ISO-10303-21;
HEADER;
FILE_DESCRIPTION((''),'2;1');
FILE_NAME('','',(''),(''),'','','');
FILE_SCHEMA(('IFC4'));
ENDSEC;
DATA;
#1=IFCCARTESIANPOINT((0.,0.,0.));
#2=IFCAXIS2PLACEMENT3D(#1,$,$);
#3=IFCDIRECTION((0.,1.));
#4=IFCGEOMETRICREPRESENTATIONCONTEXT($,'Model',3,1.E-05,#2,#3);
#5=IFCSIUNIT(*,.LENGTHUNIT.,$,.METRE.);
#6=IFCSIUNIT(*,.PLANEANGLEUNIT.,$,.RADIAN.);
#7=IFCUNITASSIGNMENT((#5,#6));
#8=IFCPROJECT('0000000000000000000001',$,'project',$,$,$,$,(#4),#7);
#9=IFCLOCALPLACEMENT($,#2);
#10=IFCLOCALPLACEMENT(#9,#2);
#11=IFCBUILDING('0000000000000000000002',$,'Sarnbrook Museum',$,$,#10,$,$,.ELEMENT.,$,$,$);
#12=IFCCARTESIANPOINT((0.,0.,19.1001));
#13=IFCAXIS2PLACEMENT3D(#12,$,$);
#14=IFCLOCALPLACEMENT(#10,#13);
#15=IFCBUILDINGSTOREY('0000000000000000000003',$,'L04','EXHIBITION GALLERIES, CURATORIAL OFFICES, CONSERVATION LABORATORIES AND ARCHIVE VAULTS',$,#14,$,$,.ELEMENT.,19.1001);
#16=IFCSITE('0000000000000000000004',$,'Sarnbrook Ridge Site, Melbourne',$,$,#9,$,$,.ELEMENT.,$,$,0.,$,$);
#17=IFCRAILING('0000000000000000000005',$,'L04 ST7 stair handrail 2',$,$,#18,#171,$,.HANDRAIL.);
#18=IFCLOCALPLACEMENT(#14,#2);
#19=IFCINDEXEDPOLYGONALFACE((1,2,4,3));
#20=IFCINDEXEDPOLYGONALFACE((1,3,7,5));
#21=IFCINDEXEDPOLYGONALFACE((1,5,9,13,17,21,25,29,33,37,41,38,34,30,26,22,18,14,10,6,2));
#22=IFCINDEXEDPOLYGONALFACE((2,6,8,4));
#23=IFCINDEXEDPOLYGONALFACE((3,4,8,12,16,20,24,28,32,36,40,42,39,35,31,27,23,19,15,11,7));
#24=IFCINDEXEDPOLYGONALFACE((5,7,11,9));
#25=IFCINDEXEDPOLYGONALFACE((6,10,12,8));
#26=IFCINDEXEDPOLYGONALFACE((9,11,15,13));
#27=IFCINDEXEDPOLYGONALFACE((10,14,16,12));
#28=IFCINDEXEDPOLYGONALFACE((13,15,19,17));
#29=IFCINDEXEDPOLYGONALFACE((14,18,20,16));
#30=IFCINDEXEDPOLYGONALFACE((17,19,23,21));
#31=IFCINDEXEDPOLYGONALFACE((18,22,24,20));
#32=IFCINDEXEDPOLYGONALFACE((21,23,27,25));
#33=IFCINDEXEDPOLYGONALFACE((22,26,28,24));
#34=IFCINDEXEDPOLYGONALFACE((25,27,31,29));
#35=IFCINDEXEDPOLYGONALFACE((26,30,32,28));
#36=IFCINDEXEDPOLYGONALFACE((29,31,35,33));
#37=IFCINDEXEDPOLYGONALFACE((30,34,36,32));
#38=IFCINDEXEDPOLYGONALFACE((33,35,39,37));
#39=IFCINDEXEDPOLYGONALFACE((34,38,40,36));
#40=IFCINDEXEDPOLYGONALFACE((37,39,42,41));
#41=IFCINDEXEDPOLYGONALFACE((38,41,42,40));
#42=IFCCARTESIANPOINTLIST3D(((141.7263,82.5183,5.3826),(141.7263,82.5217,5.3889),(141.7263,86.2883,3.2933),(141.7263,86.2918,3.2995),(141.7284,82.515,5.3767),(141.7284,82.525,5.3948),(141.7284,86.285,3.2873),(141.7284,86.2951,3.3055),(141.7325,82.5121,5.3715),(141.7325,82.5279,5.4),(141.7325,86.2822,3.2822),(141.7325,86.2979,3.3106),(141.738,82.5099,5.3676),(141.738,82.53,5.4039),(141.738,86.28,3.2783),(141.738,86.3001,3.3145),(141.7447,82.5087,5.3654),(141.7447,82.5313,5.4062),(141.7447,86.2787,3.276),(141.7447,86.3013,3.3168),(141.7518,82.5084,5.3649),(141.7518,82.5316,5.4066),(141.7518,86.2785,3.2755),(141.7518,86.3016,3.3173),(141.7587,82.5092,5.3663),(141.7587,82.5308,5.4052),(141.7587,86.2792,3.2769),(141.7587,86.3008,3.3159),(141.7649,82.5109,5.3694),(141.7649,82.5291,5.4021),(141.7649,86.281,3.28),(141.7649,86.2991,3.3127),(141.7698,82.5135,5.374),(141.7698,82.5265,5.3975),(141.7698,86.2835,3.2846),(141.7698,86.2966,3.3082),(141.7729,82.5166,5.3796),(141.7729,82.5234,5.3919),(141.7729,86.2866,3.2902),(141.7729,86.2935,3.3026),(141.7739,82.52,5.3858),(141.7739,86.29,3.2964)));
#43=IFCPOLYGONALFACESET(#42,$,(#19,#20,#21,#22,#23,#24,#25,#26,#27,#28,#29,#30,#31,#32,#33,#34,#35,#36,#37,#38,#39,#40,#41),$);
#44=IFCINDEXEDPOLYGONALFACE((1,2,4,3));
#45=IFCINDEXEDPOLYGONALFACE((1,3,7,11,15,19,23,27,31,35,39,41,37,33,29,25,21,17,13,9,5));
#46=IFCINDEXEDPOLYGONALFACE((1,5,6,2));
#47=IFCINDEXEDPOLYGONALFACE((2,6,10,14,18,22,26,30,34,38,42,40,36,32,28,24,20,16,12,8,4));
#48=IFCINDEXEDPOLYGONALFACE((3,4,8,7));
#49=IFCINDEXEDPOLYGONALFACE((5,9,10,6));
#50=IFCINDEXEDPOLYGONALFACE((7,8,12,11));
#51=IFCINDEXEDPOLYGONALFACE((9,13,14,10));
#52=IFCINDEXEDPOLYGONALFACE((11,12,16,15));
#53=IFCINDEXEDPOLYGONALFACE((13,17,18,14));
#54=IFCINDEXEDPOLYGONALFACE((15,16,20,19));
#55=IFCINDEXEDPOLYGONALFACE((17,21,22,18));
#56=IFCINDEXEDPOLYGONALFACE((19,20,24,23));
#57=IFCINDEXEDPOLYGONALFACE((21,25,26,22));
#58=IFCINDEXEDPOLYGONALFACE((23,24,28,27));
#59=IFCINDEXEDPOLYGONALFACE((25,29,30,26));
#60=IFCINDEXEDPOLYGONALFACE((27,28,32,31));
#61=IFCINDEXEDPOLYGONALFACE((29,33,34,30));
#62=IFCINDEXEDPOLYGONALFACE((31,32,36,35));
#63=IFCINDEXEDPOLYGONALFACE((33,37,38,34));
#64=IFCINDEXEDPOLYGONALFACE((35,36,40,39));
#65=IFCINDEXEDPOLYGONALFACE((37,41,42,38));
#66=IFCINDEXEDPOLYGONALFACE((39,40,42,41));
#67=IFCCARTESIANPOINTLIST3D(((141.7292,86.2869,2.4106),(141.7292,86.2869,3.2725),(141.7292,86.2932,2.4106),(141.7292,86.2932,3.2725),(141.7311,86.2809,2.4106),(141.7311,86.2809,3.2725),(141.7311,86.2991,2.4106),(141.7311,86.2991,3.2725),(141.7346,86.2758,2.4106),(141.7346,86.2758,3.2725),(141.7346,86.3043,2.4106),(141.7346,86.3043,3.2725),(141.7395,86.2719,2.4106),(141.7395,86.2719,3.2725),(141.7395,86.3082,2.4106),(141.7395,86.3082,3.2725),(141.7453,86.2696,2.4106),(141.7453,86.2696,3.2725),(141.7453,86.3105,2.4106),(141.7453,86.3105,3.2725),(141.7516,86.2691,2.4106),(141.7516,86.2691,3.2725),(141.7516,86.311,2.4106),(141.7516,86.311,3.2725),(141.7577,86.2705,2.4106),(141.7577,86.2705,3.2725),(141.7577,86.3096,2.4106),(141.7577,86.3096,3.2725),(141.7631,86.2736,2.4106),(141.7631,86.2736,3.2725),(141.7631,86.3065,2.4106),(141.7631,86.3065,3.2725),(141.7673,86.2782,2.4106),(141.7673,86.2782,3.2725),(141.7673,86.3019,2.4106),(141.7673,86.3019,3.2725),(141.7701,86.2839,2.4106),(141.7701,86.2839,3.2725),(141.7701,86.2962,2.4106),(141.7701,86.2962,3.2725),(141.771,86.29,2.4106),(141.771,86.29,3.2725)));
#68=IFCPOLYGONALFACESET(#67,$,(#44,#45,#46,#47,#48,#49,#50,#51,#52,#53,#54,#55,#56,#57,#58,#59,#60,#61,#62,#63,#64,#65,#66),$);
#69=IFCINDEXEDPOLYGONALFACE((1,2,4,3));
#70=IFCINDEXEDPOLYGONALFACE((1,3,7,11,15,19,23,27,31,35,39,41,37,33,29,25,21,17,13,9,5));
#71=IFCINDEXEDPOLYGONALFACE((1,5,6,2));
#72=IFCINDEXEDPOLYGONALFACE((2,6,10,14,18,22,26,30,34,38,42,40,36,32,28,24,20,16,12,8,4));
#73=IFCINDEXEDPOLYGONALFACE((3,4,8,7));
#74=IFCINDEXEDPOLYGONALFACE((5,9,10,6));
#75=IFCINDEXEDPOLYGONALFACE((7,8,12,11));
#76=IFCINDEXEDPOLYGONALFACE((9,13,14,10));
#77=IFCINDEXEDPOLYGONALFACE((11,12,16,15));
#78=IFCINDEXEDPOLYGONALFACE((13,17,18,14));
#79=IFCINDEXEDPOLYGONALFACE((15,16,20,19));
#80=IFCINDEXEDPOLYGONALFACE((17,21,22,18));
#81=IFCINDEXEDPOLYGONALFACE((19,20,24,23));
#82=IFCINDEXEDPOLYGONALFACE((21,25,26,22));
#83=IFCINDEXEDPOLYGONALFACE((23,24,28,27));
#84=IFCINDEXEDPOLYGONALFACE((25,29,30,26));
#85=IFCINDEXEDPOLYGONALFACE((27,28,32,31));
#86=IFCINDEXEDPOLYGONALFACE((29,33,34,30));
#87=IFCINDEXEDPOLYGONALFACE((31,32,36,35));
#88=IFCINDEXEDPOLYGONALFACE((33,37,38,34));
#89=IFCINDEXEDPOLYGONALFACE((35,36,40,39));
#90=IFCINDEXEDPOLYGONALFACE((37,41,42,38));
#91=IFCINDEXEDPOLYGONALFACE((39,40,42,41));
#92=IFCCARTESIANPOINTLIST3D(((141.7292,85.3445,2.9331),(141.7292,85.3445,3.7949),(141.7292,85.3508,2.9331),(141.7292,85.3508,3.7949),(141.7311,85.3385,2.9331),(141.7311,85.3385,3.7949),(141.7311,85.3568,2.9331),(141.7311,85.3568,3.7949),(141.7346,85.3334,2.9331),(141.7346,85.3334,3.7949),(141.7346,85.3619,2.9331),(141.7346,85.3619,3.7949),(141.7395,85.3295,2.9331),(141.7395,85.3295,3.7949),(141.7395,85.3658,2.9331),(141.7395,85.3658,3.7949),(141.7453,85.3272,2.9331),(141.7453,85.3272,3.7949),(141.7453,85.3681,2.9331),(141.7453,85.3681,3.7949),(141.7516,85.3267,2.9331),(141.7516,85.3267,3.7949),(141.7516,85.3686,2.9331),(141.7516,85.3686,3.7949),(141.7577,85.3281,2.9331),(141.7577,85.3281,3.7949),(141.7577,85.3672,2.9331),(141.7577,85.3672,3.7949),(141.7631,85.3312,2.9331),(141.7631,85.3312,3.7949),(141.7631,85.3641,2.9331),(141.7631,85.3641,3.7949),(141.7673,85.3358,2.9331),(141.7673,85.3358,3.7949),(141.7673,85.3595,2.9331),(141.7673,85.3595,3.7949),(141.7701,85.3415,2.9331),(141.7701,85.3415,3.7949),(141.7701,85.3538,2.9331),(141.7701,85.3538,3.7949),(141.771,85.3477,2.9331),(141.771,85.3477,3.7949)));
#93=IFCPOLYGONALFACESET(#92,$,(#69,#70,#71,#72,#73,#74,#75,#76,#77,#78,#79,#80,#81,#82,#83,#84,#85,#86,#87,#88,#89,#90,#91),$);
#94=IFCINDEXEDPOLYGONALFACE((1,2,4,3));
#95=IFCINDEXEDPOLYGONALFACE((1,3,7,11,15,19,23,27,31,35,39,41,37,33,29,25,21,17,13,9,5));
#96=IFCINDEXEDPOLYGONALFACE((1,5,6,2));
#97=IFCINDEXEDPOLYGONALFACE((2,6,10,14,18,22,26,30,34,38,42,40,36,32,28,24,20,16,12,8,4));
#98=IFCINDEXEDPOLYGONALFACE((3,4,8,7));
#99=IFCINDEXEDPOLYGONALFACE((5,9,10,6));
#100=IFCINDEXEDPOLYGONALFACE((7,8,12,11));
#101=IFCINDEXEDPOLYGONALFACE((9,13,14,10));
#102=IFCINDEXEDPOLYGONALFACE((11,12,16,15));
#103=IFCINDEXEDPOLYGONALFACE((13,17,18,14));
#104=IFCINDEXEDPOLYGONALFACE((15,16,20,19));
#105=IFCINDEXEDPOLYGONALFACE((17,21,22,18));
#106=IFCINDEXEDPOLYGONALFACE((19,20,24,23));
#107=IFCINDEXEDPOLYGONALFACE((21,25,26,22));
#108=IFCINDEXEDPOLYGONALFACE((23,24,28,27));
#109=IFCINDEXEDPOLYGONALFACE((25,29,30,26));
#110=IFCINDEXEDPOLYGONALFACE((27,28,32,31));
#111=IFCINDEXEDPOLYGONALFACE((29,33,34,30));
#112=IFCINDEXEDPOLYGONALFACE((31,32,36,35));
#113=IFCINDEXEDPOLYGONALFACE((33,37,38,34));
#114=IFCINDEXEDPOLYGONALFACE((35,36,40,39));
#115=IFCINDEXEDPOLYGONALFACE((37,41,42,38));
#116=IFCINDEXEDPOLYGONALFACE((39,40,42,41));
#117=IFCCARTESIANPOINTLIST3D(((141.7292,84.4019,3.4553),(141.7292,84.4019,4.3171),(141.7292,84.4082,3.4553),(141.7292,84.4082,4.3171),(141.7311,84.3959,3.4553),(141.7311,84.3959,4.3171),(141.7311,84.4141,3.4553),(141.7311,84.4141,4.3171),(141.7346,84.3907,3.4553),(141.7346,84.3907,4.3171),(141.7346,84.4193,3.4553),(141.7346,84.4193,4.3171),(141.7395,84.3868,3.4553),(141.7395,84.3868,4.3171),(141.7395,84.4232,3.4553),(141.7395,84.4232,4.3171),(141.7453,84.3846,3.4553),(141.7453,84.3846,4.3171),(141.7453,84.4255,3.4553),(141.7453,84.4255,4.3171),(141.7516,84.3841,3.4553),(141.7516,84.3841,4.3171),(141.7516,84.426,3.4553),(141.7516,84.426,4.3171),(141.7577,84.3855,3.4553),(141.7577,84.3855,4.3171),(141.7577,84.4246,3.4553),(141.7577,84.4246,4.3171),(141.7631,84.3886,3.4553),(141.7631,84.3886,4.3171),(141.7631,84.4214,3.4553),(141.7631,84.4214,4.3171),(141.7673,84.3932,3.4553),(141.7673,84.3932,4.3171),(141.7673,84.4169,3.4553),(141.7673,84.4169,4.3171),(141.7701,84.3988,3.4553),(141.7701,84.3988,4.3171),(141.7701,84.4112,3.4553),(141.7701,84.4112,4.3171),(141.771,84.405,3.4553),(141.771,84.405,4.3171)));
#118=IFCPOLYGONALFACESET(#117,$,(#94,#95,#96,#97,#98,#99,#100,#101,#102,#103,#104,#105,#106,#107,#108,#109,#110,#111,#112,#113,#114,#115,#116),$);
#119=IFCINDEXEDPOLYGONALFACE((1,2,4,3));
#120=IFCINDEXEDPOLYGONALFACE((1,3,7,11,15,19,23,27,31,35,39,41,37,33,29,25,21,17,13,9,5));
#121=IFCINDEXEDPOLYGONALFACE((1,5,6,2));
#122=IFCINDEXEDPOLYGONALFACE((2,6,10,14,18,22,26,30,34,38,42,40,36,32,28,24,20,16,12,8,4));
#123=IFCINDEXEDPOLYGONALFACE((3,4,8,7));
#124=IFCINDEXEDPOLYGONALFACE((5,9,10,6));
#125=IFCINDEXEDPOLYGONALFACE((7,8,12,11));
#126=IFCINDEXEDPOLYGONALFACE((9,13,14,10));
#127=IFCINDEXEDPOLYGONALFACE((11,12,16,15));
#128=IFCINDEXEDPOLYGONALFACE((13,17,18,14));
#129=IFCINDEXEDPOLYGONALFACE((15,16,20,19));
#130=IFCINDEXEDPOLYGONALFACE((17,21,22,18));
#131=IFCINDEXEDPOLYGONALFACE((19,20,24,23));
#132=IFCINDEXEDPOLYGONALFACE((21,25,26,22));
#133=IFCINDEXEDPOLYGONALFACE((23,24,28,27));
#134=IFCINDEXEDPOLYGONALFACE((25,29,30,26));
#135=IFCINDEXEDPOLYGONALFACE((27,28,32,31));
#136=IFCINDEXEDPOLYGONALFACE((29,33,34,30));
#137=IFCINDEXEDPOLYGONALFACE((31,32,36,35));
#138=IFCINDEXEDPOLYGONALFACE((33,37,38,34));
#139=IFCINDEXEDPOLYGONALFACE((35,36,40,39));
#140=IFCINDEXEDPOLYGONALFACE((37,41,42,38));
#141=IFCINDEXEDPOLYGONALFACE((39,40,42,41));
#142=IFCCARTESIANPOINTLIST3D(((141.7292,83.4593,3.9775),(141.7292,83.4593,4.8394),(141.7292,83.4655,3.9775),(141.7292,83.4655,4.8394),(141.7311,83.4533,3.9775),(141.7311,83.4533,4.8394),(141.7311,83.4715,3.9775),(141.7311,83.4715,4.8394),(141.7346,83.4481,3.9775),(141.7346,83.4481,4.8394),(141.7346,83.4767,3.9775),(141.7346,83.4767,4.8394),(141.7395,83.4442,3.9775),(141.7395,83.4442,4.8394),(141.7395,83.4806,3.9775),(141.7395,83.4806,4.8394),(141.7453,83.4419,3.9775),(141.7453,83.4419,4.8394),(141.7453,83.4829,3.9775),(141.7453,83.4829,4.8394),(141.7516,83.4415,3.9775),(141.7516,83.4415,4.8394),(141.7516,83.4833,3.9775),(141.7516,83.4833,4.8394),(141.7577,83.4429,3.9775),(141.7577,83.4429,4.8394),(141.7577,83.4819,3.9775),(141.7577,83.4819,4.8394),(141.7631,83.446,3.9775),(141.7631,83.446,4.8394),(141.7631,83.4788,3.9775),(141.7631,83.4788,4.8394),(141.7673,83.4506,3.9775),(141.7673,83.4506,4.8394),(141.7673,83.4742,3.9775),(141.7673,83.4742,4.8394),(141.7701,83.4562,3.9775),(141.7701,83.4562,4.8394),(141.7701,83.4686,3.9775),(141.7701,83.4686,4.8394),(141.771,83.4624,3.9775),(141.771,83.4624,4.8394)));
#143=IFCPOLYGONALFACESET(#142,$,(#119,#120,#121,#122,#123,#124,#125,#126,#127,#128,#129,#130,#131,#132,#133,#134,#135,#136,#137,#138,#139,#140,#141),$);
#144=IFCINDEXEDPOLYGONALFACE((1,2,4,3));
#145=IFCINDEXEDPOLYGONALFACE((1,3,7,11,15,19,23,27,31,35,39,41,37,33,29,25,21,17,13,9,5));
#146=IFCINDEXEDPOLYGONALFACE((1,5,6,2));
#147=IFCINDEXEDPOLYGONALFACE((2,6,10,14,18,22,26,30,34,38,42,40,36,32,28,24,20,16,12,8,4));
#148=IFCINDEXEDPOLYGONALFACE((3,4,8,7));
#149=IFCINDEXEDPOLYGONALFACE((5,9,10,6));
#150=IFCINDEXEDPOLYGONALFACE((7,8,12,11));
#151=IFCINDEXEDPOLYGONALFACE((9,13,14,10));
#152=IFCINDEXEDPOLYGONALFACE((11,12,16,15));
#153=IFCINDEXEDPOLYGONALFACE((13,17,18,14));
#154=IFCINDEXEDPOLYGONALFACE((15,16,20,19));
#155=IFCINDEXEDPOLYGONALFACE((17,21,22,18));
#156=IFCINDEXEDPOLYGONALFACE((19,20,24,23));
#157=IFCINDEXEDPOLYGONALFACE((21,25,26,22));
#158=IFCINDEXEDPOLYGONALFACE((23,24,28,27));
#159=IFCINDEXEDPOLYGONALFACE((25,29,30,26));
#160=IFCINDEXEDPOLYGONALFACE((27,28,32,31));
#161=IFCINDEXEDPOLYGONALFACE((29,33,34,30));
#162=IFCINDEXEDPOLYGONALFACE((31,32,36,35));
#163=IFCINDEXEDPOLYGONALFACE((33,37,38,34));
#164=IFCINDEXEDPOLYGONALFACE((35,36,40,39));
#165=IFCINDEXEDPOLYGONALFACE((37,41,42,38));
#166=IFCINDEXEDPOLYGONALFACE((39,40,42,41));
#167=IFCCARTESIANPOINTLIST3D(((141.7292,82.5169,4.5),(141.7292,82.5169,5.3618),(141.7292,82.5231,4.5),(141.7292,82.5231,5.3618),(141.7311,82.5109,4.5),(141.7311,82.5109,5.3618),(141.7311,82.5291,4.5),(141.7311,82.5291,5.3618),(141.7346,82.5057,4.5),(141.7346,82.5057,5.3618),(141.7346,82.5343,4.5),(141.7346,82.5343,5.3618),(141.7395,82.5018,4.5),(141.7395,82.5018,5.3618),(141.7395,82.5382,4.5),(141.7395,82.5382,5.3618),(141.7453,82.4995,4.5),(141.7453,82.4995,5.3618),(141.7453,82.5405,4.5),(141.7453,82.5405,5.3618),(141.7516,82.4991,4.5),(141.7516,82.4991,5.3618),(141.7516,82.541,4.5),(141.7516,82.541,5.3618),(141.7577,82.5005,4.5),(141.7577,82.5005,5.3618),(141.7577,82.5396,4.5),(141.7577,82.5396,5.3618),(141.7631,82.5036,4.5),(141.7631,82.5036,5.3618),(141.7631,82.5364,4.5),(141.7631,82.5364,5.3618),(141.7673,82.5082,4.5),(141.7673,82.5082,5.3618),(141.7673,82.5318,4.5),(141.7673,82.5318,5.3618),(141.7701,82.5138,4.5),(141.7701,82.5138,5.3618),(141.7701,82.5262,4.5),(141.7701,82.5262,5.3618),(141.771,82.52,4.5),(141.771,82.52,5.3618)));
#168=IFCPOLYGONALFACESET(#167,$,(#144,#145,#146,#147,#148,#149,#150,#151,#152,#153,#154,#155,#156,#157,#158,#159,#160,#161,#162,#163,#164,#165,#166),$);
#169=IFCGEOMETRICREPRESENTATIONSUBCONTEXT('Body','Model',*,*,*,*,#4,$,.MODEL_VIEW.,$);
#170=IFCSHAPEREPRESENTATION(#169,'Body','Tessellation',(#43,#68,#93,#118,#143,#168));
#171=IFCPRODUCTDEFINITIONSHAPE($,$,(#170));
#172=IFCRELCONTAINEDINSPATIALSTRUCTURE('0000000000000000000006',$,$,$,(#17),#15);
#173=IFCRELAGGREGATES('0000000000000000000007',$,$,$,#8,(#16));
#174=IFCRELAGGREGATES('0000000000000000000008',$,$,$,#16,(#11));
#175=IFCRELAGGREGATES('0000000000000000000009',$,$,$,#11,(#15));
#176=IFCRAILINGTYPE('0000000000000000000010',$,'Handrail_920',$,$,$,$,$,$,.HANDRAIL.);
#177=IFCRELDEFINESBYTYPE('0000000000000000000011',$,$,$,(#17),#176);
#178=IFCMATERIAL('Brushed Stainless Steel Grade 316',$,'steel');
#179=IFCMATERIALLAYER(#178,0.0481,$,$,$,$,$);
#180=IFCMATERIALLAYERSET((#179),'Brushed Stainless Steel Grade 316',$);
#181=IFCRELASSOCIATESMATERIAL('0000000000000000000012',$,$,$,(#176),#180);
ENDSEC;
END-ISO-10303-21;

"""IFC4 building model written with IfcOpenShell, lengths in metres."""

from ifc_helpers import new_model, si_unit, direction, frame, origin, origin_2d, place, context, subcontext, project, spatial, circle, extrude, material, layer, layer_set, type_object, element, save


model = new_model("IFC4")

# Units and contexts
model_context = context("Model", 3, precision=1e-05, world=origin(), true_north=direction((0.0, 1.0)))
body_context = subcontext(model_context, "Body", "Model", "MODEL_VIEW")
ifc_project = project(units=[si_unit("LENGTHUNIT", "METRE"), si_unit("PLANEANGLEUNIT", "RADIAN")], contexts=[model_context])

# Site, building, storey
site_placement = place(None, origin())
site = spatial("IfcSite", under=ifc_project, at=site_placement, Name="Sarnbrook Ridge Site, Melbourne", CompositionType="ELEMENT", RefElevation=0.0)
building_placement = place(site_placement, origin())
building = spatial("IfcBuilding", under=site, at=building_placement, Name="Sarnbrook Museum", CompositionType="ELEMENT")
storey_placement = place(building_placement, frame((0.0, 0.0, 19.1001)))
storey = spatial("IfcBuildingStorey", under=building, at=storey_placement, Name="L04", Description="EXHIBITION GALLERIES, CURATORIAL OFFICES, CONSERVATION LABORATORIES AND ARCHIVE VAULTS", CompositionType="ELEMENT", Elevation=19.1001)

# Railing
ifc_material_1 = material(Name="Brushed Stainless Steel Grade 316", Category="steel")
ifc_layer_1 = layer(ifc_material_1, 0.0481)
ifc_layer_set_1 = layer_set([ifc_layer_1], Name="Brushed Stainless Steel Grade 316")
railing_type_1 = type_object("IfcRailingType", Name="Handrail_920", PredefinedType="HANDRAIL", material=ifc_layer_set_1)
for number, where, name in (
    (1, (141.75, 86.29, 2.4106), "L04 ST7 stair handrail 2"),
):
    element("IfcRailing", number, at=place(storey_placement, frame(where)), inside=storey, type_object=railing_type_1, Name=name, PredefinedType="HANDRAIL", context=body_context, shape_type="SweptSolid", body=[
        extrude(circle(Radius=0.0239, at=origin_2d()), frame((0.0, 0.0, 0.8857), z_axis=(0.0, -0.874659, 0.484739), x_axis=(1.0, 0.0, 0.0)), (0.0, 0.0, 1.0), 4.3103),
        extrude(circle(Radius=0.021, at=origin_2d()), origin(), (0.0, 0.0, 1.0), 0.8618),
        extrude(circle(Radius=0.021, at=origin_2d()), frame((0.0, -0.9424, 0.5225)), (0.0, 0.0, 1.0), 0.8618),
        extrude(circle(Radius=0.021, at=origin_2d()), frame((0.0, -1.885, 1.0447)), (0.0, 0.0, 1.0), 0.8618),
        extrude(circle(Radius=0.021, at=origin_2d()), frame((0.0, -2.8276, 1.5669)), (0.0, 0.0, 1.0), 0.8618),
        extrude(circle(Radius=0.021, at=origin_2d()), frame((0.0, -3.77, 2.0894)), (0.0, 0.0, 1.0), 0.8618),
    ])

save(model, "model.ifc")
